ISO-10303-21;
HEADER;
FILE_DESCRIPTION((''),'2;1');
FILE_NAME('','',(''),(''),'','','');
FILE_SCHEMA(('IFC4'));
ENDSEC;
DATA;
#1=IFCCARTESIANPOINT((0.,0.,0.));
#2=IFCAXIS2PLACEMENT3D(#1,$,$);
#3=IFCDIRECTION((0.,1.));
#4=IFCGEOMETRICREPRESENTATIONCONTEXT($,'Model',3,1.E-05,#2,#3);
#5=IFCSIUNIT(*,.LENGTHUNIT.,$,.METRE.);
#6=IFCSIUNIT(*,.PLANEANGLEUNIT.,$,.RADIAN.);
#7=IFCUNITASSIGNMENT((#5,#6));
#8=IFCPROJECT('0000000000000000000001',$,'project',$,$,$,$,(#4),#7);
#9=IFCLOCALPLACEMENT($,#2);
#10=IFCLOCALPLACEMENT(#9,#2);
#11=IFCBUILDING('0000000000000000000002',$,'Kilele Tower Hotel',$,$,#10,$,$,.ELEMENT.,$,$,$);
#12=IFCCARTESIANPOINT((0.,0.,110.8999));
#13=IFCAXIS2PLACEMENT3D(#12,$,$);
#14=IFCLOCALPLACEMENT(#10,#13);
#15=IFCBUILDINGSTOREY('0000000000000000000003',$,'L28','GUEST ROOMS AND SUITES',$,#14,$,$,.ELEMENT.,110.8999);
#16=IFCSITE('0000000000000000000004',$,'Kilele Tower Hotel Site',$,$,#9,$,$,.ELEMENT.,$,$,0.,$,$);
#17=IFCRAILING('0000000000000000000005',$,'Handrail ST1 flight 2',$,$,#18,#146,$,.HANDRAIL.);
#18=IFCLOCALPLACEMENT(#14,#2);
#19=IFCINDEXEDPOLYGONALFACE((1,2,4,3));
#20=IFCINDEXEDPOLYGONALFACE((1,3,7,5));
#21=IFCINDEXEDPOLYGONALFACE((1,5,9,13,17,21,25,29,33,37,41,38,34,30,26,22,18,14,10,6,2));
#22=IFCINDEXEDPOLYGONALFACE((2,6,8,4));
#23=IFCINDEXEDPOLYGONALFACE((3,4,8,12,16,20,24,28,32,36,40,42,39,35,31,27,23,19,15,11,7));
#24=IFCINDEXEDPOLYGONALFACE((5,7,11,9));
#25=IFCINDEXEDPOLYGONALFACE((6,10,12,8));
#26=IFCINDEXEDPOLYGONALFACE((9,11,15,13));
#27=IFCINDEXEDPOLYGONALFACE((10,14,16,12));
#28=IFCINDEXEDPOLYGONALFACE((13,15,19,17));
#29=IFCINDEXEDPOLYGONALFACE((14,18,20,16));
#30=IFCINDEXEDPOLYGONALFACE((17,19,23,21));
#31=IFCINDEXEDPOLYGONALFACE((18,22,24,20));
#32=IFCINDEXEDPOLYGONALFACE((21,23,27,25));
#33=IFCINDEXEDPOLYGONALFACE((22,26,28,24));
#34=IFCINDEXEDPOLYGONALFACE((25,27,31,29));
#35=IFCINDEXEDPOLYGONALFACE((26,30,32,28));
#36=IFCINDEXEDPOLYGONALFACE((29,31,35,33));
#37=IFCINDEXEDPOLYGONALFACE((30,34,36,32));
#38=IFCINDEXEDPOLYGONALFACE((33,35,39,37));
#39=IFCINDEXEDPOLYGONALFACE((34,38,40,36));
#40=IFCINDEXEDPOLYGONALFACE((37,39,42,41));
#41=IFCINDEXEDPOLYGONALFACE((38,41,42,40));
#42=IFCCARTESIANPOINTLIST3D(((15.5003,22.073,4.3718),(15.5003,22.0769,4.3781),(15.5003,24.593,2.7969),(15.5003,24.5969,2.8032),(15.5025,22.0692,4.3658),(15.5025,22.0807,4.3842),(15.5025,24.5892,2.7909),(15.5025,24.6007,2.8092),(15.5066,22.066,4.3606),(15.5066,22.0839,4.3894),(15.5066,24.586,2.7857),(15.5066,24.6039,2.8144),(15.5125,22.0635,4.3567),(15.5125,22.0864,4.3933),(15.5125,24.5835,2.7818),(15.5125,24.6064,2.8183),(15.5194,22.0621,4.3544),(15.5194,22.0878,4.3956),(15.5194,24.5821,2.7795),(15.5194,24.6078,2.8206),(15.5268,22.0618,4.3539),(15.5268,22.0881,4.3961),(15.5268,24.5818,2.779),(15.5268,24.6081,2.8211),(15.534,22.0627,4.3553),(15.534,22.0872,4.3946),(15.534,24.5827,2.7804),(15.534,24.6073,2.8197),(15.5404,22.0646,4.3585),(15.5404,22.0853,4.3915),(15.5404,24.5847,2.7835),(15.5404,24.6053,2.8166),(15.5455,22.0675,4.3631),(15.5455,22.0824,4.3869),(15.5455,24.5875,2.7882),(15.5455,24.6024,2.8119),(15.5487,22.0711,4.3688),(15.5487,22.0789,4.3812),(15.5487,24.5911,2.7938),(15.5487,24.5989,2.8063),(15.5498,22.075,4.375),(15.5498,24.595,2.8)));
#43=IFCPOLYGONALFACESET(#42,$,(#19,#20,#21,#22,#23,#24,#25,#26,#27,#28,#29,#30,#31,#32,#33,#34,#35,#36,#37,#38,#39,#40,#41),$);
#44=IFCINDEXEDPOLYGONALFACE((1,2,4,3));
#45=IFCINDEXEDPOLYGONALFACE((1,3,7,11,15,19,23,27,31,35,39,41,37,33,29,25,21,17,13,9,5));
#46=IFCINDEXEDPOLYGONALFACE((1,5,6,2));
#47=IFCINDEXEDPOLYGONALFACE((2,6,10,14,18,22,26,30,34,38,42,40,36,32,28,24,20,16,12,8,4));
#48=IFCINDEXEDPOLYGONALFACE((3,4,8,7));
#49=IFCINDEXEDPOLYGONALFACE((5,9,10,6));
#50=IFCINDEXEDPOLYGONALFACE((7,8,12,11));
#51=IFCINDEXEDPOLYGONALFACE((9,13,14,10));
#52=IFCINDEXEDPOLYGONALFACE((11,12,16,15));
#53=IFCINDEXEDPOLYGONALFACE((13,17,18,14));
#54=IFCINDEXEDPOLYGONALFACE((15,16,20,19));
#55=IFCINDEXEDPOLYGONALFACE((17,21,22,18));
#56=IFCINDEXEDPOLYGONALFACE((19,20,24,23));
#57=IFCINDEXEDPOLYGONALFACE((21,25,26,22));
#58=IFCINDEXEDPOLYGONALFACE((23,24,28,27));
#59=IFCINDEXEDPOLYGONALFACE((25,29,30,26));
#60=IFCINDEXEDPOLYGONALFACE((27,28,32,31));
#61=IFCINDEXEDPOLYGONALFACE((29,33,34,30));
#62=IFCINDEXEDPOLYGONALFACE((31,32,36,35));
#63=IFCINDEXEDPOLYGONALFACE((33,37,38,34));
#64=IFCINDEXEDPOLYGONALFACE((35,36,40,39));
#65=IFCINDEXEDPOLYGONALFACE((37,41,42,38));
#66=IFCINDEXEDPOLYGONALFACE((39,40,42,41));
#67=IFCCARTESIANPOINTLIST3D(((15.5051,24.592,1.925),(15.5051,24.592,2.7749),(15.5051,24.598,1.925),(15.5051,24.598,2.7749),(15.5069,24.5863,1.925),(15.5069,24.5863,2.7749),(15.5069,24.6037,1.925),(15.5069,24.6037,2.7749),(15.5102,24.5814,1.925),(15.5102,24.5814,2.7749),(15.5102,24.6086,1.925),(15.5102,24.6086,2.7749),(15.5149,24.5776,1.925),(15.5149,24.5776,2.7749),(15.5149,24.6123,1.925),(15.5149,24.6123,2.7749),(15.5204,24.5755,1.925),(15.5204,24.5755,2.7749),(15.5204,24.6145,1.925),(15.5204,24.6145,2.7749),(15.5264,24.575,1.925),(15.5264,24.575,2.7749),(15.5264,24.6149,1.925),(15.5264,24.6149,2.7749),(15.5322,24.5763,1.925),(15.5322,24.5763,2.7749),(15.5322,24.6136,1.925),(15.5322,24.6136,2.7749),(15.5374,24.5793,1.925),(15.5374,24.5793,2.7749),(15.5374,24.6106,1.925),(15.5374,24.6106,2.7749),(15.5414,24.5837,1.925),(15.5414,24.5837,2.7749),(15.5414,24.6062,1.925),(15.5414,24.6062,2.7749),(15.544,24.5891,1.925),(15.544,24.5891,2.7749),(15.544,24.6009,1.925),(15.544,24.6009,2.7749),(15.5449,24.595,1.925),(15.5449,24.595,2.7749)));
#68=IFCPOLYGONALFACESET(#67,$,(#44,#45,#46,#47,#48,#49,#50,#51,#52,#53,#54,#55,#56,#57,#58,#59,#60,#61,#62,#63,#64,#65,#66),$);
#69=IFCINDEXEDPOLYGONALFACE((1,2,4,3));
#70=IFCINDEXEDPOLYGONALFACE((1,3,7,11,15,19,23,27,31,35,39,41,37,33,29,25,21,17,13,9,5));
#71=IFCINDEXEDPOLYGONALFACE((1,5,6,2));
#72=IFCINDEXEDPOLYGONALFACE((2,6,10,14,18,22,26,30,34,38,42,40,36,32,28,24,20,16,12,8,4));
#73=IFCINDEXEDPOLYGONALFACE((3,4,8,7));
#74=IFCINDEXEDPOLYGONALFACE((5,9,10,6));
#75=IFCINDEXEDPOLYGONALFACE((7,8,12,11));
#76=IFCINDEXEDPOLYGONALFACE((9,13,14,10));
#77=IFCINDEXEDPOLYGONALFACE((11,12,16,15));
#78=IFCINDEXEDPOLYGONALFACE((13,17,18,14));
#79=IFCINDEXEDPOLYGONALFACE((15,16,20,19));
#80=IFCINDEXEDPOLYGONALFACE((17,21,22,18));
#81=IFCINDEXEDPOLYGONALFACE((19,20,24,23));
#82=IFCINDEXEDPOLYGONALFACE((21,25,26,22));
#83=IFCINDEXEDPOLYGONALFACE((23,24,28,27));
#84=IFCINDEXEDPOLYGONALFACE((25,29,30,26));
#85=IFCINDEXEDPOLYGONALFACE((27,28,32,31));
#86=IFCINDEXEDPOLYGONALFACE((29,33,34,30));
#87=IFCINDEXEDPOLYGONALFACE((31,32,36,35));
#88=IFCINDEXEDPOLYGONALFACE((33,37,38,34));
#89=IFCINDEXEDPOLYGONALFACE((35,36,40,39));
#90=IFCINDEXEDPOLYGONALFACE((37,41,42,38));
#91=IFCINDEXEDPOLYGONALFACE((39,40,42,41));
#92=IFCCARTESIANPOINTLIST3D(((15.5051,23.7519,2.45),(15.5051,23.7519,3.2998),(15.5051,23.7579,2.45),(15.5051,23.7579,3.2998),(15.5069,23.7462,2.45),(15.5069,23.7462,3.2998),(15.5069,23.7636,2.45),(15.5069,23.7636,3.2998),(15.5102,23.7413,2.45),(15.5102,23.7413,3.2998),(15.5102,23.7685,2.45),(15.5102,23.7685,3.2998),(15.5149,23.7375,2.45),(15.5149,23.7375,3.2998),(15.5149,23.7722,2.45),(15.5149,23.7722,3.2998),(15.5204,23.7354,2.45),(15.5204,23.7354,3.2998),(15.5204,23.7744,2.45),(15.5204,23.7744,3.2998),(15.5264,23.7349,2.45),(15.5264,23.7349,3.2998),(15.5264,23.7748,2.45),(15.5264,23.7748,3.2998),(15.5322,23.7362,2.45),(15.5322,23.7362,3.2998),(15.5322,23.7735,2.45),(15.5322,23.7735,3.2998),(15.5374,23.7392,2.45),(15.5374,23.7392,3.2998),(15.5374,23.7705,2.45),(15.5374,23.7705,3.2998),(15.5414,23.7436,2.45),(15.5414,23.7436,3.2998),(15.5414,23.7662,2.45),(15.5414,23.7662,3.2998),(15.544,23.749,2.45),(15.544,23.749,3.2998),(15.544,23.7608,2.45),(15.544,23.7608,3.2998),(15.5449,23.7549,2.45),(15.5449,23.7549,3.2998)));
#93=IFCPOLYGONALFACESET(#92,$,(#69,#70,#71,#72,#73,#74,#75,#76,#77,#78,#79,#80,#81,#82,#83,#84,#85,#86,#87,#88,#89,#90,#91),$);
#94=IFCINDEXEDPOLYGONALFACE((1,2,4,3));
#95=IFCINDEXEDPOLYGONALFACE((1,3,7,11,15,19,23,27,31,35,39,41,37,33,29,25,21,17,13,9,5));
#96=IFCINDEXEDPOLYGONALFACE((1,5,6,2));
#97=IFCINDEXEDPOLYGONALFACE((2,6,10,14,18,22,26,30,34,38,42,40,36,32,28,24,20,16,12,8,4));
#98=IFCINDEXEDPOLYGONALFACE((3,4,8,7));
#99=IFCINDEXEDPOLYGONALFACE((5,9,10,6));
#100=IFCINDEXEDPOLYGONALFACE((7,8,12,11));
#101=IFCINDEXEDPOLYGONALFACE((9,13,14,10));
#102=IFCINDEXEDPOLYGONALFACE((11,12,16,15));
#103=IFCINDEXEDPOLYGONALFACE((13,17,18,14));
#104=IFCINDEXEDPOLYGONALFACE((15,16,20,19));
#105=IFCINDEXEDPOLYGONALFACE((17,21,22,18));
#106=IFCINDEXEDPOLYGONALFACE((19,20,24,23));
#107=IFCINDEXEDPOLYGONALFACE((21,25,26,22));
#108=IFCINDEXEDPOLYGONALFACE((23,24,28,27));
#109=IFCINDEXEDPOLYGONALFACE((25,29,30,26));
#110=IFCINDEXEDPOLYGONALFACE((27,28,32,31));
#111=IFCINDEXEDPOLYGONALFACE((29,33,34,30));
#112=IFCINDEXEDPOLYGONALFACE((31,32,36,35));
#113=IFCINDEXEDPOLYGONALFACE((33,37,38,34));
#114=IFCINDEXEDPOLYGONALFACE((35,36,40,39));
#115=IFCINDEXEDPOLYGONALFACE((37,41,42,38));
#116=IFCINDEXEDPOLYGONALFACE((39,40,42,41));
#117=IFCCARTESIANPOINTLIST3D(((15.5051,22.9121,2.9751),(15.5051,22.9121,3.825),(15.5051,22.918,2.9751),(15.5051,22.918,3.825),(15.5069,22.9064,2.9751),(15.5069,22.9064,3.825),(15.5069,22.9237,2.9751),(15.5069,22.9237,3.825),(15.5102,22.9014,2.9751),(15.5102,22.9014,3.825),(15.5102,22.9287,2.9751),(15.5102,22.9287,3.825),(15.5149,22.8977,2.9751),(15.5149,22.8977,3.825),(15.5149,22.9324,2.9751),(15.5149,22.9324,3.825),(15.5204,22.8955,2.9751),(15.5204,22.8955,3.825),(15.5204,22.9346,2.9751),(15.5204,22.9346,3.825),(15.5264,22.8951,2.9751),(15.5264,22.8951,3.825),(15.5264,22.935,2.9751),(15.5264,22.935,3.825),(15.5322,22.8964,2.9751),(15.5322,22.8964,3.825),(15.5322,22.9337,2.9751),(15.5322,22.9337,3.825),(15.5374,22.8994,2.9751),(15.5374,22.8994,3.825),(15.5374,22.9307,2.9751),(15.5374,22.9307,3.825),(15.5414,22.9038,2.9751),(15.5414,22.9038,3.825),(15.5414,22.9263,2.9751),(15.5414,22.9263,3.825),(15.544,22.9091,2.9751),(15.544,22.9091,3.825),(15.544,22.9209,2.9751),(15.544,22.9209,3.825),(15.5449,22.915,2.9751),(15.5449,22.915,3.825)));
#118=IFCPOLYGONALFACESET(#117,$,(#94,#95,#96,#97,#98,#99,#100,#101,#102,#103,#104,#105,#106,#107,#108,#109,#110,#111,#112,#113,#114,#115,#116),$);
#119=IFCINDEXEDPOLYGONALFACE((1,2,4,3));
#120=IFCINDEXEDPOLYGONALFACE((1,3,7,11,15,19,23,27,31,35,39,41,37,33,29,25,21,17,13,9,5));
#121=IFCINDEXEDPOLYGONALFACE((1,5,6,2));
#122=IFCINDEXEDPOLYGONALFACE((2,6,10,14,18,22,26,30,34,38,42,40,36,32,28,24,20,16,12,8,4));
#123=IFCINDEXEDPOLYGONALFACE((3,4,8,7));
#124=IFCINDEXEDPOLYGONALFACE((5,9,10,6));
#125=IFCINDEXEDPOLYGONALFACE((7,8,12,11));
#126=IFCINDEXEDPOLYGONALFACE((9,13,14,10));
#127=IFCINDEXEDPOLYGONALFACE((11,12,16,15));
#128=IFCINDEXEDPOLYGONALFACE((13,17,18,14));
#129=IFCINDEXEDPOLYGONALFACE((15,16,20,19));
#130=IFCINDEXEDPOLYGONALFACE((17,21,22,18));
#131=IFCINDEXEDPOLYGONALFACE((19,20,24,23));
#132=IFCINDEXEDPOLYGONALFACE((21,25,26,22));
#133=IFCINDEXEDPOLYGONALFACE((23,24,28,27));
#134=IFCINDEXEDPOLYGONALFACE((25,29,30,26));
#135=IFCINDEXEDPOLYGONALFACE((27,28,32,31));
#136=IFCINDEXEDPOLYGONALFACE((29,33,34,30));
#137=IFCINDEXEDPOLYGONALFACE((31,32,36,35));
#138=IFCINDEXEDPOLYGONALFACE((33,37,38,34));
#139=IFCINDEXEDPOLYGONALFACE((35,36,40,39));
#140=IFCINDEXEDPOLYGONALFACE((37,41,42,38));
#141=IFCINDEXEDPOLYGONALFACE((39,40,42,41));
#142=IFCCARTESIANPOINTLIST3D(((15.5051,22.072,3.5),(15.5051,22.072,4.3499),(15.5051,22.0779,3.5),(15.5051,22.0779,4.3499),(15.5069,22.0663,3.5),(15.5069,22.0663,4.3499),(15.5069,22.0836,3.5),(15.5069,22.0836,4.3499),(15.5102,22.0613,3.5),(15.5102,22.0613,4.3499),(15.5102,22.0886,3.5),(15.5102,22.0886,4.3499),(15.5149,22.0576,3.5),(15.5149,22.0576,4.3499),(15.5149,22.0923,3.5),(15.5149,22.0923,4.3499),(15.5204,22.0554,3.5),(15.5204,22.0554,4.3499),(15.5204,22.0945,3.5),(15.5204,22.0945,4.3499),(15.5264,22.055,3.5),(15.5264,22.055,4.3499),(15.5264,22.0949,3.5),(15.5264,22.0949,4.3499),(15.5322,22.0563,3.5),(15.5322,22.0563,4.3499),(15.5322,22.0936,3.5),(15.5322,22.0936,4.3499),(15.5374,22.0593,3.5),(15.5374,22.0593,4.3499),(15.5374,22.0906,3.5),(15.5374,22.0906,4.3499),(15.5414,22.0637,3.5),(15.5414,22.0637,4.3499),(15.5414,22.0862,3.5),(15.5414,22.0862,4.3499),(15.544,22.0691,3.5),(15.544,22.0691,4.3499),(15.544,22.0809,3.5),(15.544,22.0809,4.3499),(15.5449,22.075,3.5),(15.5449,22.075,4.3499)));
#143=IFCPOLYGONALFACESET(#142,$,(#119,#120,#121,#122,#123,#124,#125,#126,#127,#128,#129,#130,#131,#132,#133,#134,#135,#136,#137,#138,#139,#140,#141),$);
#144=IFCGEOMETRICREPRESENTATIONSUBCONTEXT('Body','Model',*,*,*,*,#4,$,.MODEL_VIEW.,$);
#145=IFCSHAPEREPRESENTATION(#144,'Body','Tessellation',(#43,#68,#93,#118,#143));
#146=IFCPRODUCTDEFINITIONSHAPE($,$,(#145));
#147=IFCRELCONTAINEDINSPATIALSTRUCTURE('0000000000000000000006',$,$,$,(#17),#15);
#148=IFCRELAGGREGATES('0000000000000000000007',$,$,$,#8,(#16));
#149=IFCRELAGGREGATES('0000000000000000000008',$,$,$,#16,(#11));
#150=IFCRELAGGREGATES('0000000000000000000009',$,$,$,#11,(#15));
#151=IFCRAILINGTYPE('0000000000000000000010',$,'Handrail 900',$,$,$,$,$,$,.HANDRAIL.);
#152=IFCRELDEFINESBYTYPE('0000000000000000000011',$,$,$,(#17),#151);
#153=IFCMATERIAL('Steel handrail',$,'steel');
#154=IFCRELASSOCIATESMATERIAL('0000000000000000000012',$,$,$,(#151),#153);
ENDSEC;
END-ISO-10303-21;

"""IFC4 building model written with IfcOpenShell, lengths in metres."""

from ifc_helpers import new_model, si_unit, direction, frame, origin, origin_2d, place, context, subcontext, project, spatial, circle, extrude, material, type_object, element, save


model = new_model("IFC4")

# Units and contexts
model_context = context("Model", 3, precision=1e-05, world=origin(), true_north=direction((0.0, 1.0)))
body_context = subcontext(model_context, "Body", "Model", "MODEL_VIEW")
ifc_project = project(units=[si_unit("LENGTHUNIT", "METRE"), si_unit("PLANEANGLEUNIT", "RADIAN")], contexts=[model_context])

# Site, building, storey
site_placement = place(None, origin())
site = spatial("IfcSite", under=ifc_project, at=site_placement, Name="Kilele Tower Hotel Site", CompositionType="ELEMENT", RefElevation=0.0)
building_placement = place(site_placement, origin())
building = spatial("IfcBuilding", under=site, at=building_placement, Name="Kilele Tower Hotel", CompositionType="ELEMENT")
storey_placement = place(building_placement, frame((0.0, 0.0, 110.8999)))
storey = spatial("IfcBuildingStorey", under=building, at=storey_placement, Name="L28", Description="GUEST ROOMS AND SUITES", CompositionType="ELEMENT", Elevation=110.8999)

# Railing
ifc_material_1 = material(Name="Steel handrail", Category="steel")
railing_type_1 = type_object("IfcRailingType", Name="Handrail 900", PredefinedType="HANDRAIL", material=ifc_material_1)
for number, where, name in (
    (1, (15.5249, 24.595, 1.925), "Handrail ST1 flight 2"),
):
    element("IfcRailing", number, at=place(storey_placement, frame(where)), inside=storey, type_object=railing_type_1, Name=name, PredefinedType="HANDRAIL", context=body_context, shape_type="SweptSolid", body=[
        extrude(circle(Radius=0.0249, at=origin_2d()), frame((0.0, 0.0, 0.875), z_axis=(0.0, -0.848008, 0.529984), x_axis=(1.0, 0.0, 0.0)), (0.0, 0.0, 1.0), 2.9717),
        extrude(circle(Radius=0.02, at=origin_2d()), origin(), (0.0, 0.0, 1.0), 0.8499),
        extrude(circle(Radius=0.02, at=origin_2d()), frame((0.0, -0.8401, 0.5249)), (0.0, 0.0, 1.0), 0.8499),
        extrude(circle(Radius=0.02, at=origin_2d()), frame((0.0, -1.6799, 1.05)), (0.0, 0.0, 1.0), 0.8499),
        extrude(circle(Radius=0.02, at=origin_2d()), frame((0.0, -2.52, 1.575)), (0.0, 0.0, 1.0), 0.8499),
    ])

save(model, "model.ifc")
